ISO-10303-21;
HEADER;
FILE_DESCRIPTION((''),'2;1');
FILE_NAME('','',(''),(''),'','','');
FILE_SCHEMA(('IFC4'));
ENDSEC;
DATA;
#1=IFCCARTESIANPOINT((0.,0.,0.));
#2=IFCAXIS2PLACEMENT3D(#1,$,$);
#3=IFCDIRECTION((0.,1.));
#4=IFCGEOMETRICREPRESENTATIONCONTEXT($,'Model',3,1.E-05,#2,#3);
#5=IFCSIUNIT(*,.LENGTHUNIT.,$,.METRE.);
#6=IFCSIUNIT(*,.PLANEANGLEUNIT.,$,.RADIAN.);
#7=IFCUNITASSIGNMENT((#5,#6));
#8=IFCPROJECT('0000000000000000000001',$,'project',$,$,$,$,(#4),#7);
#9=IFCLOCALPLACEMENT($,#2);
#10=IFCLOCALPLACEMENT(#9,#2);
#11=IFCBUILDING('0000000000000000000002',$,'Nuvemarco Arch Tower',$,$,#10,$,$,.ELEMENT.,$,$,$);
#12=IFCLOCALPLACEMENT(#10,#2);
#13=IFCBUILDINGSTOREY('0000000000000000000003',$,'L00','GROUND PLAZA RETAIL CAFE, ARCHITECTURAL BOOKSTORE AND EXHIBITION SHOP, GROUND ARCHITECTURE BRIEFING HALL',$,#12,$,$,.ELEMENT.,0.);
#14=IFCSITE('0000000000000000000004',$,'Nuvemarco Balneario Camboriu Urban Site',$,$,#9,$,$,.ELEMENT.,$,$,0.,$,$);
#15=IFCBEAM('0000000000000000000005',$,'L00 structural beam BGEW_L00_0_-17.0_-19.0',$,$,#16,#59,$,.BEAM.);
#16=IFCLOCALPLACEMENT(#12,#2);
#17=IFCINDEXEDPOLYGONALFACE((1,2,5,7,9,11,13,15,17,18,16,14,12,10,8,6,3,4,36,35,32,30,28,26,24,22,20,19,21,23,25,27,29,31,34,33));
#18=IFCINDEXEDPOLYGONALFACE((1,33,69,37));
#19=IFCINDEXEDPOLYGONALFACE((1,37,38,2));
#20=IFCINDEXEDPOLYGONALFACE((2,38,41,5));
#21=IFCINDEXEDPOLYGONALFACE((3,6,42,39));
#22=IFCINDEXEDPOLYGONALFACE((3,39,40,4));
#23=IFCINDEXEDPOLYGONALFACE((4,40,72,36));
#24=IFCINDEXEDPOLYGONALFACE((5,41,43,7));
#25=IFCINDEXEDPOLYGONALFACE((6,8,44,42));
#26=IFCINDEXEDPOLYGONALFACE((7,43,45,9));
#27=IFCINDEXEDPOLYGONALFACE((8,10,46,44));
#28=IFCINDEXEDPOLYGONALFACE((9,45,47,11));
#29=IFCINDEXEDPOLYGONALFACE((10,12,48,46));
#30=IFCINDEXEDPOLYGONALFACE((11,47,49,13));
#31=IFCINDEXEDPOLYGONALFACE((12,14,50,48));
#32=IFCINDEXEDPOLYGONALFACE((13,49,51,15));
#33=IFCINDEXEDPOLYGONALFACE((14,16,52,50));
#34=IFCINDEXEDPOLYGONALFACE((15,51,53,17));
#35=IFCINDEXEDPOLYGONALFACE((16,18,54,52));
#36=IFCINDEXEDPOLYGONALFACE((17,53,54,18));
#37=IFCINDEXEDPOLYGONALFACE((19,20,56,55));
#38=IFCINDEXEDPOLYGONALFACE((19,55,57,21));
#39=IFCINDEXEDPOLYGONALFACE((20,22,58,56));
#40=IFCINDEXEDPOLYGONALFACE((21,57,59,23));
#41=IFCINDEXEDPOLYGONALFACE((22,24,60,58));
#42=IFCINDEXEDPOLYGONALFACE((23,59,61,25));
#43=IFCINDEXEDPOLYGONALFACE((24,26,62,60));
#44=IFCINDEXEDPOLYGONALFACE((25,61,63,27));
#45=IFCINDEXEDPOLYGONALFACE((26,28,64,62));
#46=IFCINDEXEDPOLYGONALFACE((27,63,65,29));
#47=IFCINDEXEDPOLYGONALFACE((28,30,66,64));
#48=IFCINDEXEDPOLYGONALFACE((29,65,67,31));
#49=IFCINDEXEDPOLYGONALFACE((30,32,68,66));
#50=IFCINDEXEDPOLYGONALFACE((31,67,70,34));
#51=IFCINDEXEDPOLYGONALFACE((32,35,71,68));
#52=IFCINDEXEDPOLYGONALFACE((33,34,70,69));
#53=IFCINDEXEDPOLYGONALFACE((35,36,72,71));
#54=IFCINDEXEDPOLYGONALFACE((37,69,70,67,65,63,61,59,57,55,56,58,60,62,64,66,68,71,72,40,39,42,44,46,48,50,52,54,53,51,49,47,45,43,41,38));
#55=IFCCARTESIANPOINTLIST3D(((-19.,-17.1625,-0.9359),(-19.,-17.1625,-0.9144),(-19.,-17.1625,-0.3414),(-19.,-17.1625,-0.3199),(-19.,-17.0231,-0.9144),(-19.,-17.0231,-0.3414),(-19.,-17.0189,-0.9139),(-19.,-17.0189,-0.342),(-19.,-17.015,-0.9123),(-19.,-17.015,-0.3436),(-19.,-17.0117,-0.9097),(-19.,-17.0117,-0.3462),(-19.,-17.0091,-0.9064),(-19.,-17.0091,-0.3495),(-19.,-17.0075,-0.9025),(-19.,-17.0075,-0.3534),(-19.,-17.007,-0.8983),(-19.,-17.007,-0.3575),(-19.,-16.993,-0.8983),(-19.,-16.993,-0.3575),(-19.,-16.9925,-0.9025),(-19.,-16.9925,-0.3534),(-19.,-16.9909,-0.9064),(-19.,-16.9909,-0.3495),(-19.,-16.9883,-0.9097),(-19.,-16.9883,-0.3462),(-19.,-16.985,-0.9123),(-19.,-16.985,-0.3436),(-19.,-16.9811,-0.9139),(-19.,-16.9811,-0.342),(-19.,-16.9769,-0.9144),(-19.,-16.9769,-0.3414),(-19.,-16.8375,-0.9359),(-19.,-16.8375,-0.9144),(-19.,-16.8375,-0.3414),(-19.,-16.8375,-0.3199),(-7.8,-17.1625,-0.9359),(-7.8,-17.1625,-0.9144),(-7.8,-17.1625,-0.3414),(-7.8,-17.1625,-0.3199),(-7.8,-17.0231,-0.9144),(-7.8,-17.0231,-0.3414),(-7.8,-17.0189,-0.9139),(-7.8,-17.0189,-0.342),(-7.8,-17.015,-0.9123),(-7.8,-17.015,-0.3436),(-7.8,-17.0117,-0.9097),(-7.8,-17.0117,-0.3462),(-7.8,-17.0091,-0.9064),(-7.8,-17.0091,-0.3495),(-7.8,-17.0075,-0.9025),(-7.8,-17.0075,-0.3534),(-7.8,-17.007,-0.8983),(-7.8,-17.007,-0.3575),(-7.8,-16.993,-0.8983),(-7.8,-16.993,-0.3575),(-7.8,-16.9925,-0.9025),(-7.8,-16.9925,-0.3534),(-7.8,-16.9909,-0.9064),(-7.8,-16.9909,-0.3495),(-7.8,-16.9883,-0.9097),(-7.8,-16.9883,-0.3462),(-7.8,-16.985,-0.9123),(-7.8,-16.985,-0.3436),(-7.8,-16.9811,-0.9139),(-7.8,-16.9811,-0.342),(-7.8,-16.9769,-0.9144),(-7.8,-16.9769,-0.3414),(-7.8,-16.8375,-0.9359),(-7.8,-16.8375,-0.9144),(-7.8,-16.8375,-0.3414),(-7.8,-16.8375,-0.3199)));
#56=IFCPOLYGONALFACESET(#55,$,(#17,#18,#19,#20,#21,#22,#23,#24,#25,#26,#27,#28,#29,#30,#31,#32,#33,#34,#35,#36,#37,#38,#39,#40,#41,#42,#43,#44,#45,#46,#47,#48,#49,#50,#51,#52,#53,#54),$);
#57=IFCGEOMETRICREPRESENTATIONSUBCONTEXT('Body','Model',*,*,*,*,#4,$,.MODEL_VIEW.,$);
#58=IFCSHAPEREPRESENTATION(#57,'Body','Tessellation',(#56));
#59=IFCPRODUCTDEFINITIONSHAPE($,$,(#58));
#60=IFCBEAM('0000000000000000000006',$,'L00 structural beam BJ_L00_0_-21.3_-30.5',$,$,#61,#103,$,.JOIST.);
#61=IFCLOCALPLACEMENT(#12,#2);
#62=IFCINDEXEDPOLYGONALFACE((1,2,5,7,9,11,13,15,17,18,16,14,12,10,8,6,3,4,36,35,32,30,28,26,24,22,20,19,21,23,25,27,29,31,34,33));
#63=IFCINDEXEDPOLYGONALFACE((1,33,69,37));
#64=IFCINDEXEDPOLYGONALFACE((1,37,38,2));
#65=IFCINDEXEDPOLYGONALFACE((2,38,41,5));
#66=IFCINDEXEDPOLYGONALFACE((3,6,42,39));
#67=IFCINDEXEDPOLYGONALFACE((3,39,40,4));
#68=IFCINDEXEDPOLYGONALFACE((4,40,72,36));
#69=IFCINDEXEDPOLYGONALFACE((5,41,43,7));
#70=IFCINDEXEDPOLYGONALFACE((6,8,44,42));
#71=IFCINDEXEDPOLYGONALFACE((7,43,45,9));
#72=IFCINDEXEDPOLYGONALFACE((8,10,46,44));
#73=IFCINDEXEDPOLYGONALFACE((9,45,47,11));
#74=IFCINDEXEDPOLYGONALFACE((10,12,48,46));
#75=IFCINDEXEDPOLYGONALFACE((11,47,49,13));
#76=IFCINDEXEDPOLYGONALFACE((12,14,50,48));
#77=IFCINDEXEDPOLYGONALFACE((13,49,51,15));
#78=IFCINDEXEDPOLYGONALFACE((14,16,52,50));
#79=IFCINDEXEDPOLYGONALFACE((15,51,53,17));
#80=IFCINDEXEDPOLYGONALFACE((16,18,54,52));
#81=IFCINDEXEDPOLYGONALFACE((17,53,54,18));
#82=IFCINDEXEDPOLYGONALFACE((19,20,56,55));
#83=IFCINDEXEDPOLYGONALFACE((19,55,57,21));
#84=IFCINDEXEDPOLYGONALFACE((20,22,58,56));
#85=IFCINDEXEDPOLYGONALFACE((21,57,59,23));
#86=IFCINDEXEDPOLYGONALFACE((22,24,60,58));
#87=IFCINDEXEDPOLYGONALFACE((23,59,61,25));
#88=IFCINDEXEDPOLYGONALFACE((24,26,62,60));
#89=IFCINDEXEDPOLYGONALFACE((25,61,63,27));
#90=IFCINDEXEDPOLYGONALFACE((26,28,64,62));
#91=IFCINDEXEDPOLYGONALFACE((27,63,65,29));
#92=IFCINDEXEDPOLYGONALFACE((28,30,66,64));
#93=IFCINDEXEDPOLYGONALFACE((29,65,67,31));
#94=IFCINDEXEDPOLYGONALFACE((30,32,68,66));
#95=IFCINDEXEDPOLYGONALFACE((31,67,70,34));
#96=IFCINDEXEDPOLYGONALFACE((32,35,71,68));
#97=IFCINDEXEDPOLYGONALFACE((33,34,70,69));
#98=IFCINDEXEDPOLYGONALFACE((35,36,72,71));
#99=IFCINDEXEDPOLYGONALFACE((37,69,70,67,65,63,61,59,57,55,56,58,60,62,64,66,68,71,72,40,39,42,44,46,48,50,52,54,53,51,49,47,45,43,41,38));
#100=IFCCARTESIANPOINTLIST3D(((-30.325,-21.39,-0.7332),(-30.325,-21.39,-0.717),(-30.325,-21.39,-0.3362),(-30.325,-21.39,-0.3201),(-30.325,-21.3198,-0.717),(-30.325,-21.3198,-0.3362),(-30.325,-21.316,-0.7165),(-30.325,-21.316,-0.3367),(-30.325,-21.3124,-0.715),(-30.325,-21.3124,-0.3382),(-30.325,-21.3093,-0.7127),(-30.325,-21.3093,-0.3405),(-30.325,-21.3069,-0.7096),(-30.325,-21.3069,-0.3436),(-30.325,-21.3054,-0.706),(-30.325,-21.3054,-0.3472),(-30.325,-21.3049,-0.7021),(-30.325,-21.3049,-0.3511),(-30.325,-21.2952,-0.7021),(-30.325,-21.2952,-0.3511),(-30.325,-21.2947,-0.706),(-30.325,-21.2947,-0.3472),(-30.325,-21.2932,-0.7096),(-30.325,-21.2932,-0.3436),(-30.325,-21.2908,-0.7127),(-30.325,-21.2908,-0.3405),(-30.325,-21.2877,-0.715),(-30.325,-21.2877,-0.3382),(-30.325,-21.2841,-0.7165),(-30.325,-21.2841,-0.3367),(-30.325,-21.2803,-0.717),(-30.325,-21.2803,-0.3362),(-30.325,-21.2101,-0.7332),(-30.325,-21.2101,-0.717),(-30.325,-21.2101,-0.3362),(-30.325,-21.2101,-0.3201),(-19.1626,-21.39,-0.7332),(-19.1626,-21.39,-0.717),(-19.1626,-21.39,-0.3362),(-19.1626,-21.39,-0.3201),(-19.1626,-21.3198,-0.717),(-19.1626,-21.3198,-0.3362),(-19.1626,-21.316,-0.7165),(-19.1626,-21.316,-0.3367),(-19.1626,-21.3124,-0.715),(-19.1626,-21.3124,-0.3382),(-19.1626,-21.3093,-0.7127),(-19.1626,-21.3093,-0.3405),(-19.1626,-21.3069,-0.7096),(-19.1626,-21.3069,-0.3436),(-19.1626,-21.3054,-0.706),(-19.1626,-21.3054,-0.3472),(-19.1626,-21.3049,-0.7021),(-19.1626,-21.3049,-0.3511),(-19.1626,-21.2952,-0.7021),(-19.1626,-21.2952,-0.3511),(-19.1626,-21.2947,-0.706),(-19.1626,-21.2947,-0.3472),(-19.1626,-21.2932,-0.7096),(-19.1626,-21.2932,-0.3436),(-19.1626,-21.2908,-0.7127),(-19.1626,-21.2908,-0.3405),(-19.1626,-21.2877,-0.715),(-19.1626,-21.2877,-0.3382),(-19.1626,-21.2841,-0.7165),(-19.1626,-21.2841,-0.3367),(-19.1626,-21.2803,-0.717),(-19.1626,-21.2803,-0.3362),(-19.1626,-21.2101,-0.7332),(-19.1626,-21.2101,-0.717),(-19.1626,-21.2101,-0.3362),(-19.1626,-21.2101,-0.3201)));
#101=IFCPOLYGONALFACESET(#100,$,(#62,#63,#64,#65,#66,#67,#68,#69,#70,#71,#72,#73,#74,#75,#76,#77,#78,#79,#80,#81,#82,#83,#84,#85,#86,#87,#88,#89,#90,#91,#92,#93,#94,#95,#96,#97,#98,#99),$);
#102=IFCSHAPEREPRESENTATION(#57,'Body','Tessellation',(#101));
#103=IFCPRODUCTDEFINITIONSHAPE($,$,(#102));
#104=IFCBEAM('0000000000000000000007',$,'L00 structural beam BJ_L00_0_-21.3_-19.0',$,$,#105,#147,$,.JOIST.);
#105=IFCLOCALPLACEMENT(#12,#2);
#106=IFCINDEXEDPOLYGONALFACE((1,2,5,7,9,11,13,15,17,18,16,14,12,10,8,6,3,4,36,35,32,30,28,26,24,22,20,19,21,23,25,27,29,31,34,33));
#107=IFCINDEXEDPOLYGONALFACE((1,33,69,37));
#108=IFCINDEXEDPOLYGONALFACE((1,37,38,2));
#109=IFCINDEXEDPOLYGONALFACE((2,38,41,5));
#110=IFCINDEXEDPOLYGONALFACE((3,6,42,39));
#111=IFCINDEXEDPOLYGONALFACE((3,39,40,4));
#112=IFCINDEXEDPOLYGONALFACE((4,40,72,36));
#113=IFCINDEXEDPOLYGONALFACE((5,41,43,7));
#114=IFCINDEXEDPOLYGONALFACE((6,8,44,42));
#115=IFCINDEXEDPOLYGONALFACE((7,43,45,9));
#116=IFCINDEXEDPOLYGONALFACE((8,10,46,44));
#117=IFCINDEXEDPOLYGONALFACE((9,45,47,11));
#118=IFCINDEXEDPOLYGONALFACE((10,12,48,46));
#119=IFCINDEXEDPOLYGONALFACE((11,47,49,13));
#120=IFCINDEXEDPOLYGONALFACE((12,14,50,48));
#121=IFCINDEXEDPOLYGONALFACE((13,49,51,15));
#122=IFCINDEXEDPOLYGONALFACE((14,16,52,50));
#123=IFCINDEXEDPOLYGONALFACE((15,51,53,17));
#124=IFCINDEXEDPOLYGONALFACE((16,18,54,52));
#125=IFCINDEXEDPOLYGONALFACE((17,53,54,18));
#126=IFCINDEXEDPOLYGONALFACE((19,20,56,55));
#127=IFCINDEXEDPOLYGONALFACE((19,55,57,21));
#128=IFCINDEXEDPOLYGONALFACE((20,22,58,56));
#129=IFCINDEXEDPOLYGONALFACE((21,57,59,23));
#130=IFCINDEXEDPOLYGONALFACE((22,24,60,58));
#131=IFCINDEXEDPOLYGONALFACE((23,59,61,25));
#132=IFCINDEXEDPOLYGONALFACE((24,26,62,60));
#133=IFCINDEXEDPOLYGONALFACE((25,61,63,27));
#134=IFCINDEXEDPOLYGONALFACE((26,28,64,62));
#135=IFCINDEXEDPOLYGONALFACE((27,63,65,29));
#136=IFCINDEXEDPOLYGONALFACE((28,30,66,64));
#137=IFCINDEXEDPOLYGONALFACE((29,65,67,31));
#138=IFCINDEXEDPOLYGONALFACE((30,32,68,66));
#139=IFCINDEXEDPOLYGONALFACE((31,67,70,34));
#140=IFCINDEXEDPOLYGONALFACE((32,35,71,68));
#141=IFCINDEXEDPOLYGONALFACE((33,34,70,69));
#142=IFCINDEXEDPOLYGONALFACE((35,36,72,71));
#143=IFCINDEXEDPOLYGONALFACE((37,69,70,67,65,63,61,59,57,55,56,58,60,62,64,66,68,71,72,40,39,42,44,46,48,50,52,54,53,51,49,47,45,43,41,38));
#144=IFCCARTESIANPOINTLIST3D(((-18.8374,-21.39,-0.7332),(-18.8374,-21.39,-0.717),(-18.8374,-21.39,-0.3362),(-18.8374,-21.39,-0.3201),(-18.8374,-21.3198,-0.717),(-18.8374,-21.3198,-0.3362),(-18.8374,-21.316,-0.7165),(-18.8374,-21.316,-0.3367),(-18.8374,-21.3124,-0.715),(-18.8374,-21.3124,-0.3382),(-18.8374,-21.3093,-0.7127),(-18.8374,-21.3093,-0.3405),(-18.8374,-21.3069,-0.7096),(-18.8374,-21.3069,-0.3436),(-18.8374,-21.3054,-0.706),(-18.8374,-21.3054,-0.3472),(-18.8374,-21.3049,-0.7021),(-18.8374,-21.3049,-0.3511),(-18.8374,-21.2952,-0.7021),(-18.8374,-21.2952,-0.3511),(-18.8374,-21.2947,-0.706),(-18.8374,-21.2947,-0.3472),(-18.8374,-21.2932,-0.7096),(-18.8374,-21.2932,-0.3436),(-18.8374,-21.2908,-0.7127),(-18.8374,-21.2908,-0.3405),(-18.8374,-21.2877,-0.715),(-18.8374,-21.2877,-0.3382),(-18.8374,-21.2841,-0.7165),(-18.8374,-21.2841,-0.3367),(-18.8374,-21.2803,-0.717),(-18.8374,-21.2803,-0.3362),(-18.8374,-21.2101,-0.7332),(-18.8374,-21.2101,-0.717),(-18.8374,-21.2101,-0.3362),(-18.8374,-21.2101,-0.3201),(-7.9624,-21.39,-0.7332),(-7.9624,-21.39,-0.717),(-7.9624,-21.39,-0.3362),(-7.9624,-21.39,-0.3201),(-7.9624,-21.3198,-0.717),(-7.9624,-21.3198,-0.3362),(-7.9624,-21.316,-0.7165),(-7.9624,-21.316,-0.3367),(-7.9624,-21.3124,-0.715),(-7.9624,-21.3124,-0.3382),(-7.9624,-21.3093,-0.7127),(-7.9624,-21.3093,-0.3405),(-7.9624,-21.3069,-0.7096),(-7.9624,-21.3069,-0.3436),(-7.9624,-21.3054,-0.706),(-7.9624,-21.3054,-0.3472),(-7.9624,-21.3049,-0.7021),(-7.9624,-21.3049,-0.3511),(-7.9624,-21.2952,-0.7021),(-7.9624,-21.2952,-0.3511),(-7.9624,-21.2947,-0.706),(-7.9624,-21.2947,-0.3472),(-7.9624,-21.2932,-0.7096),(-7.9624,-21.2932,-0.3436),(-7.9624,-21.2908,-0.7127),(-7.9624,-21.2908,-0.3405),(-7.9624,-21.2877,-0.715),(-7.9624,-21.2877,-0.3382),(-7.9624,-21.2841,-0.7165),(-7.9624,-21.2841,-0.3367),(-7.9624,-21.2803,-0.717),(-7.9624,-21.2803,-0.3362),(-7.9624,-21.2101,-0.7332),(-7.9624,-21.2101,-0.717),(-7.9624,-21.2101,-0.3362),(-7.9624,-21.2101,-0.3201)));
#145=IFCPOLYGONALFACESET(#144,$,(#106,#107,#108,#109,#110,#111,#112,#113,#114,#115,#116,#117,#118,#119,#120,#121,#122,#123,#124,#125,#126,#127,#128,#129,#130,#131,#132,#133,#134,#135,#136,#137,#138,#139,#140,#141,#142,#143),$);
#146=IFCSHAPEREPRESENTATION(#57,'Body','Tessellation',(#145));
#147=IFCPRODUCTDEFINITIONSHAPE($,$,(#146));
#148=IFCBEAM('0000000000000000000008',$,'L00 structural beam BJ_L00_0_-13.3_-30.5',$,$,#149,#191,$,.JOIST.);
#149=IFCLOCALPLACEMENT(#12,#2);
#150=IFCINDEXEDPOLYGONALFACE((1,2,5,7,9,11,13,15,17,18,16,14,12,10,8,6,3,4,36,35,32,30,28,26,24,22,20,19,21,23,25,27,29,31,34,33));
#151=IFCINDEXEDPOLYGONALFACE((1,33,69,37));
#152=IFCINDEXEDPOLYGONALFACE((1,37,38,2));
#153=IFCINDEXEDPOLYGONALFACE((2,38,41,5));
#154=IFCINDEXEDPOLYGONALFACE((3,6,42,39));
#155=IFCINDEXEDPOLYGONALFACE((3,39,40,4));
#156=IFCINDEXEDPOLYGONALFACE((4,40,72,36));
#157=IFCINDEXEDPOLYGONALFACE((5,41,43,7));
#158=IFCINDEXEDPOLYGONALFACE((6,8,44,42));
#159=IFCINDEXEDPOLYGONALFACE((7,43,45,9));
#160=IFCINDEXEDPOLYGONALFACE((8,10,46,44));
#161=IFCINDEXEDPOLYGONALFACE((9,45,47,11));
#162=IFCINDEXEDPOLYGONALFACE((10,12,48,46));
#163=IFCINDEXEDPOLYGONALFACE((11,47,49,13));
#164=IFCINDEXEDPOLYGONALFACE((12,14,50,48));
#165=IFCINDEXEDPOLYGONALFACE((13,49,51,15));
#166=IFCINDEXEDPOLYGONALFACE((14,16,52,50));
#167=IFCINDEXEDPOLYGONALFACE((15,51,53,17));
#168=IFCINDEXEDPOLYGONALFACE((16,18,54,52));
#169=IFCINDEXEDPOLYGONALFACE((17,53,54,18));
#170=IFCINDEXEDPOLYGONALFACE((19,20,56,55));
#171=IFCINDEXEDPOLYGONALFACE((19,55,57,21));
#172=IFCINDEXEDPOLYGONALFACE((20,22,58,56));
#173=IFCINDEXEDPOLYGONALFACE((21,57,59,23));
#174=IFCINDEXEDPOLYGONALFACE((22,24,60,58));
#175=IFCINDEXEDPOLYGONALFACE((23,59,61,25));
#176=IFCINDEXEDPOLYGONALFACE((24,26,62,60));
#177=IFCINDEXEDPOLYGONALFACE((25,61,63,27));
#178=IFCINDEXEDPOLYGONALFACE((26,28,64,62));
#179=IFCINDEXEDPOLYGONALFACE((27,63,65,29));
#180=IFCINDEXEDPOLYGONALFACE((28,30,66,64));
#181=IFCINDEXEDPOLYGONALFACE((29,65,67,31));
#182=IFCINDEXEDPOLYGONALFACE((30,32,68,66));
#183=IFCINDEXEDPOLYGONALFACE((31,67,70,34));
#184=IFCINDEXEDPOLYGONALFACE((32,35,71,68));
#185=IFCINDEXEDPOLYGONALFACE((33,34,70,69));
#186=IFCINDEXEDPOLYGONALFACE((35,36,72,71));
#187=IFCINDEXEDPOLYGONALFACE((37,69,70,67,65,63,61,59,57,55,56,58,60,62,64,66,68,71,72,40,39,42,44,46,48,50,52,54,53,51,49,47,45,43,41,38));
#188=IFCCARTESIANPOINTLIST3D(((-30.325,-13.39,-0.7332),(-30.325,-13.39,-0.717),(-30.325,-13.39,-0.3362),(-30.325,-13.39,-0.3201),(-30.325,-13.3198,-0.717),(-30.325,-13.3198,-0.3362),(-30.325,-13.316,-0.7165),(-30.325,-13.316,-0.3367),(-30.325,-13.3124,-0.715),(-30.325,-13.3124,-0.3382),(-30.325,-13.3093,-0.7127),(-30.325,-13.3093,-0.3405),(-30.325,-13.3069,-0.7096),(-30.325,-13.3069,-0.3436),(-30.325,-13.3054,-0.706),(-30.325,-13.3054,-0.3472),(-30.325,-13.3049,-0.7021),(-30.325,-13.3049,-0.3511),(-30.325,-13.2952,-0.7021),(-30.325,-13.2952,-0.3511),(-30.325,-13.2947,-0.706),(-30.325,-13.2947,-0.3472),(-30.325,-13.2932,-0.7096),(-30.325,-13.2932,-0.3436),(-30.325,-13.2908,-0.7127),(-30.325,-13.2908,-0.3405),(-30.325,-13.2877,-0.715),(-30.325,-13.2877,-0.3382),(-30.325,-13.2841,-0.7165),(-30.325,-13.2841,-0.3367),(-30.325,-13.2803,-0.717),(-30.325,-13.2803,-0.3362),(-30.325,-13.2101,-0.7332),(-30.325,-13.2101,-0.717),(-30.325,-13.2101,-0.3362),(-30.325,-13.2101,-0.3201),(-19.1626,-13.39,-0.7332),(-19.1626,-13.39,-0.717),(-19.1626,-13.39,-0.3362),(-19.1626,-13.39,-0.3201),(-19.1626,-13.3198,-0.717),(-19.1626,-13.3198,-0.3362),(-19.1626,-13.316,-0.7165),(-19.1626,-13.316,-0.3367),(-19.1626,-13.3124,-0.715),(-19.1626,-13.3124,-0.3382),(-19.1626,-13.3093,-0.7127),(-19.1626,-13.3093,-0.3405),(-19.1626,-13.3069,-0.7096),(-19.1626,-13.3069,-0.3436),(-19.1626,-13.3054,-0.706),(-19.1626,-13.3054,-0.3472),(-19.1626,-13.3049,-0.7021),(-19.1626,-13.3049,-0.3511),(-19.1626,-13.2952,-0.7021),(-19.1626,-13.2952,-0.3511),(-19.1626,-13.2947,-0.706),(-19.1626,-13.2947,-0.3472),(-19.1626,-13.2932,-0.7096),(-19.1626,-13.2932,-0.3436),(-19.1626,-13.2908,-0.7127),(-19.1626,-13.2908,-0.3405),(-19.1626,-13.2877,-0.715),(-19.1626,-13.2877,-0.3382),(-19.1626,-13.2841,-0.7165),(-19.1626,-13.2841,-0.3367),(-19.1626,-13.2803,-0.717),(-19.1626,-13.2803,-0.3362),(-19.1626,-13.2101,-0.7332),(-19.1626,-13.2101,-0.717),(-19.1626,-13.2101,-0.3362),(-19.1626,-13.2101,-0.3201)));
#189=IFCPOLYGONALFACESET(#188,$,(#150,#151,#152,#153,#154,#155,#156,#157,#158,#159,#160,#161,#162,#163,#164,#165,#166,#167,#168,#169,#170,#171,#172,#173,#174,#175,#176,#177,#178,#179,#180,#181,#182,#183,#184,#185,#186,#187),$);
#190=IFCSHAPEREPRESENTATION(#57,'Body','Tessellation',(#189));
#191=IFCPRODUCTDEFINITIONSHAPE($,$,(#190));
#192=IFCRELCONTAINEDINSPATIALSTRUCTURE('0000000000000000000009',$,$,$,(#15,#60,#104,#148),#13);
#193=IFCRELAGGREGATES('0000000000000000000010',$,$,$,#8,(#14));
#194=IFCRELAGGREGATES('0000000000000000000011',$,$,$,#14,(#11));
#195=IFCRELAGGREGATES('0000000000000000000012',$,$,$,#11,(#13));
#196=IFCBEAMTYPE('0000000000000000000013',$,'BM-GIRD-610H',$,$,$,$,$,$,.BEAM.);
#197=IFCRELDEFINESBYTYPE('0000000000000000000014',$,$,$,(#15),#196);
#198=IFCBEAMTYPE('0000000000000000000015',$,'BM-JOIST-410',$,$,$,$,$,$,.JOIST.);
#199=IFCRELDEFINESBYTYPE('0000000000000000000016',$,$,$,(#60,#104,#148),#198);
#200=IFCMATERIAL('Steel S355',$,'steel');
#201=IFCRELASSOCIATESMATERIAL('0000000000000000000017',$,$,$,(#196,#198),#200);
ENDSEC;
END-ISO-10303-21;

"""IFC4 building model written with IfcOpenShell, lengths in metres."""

from ifc_helpers import new_model, si_unit, direction, frame, origin, origin_2d, place, context, subcontext, project, spatial, i_section, extrude, material, material_profile, profile_set, type_object, element, save


model = new_model("IFC4")

# Units and contexts
model_context = context("Model", 3, precision=1e-05, world=origin(), true_north=direction((0.0, 1.0)))
body_context = subcontext(model_context, "Body", "Model", "MODEL_VIEW")
ifc_project = project(units=[si_unit("LENGTHUNIT", "METRE"), si_unit("PLANEANGLEUNIT", "RADIAN")], contexts=[model_context])

# Site, building, storey
site_placement = place(None, origin())
site = spatial("IfcSite", under=ifc_project, at=site_placement, Name="Nuvemarco Balneario Camboriu Urban Site", CompositionType="ELEMENT", RefElevation=0.0)
building_placement = place(site_placement, origin())
building = spatial("IfcBuilding", under=site, at=building_placement, Name="Nuvemarco Arch Tower", CompositionType="ELEMENT")
storey_placement = place(building_placement, origin())
storey = spatial("IfcBuildingStorey", under=building, at=storey_placement, Name="L00", Description="GROUND PLAZA RETAIL CAFE, ARCHITECTURAL BOOKSTORE AND EXHIBITION SHOP, GROUND ARCHITECTURE BRIEFING HALL", CompositionType="ELEMENT", Elevation=0.0)

# Beams
ifc_material_1 = material(Name="Steel S355", Category="steel")
ifc_material_profile_1 = material_profile(ifc_material_1, i_section(OverallWidth=0.325, OverallDepth=0.616, WebThickness=0.0139, FlangeThickness=0.0215, FilletRadius=0.0161, at=origin_2d()), Name="W610x174")
ifc_profile_set_1 = profile_set([ifc_material_profile_1], Name="Steel S355")
beam_type_1 = type_object("IfcBeamType", Name="BM-GIRD-610H", PredefinedType="BEAM", material=ifc_profile_set_1)
beam_1_placement = place(storey_placement, frame((-19.0, -17.0, -0.6279), z_axis=(1.0, 0.0, 0.0), x_axis=(0.0, 1.0, 0.0)))
element("IfcBeam", 1, at=beam_1_placement, inside=storey, type_object=beam_type_1, Name="L00 structural beam BGEW_L00_0_-17.0_-19.0", PredefinedType="BEAM", context=body_context, shape_type="SweptSolid", body=[
    extrude(i_section(OverallWidth=0.325, OverallDepth=0.616, WebThickness=0.0139, FlangeThickness=0.0215, FilletRadius=0.0161, at=origin_2d()), origin(), (0.0, 0.0, 1.0), 11.2),
])
ifc_material_profile_2 = material_profile(ifc_material_1, i_section(OverallWidth=0.1799, OverallDepth=0.4131, WebThickness=0.0098, FlangeThickness=0.0161, FilletRadius=0.0149, at=origin_2d()), Name="W410x75")
ifc_profile_set_2 = profile_set([ifc_material_profile_2], Name="Steel S355")
beam_type_2 = type_object("IfcBeamType", Name="BM-JOIST-410", PredefinedType="JOIST", material=ifc_profile_set_2)
beam_2_placement = place(storey_placement, frame((-30.325, -21.3, -0.5266), z_axis=(1.0, 0.0, 0.0), x_axis=(0.0, 1.0, 0.0)))
element("IfcBeam", 2, at=beam_2_placement, inside=storey, type_object=beam_type_2, Name="L00 structural beam BJ_L00_0_-21.3_-30.5", PredefinedType="JOIST", context=body_context, shape_type="SweptSolid", body=[
    extrude(i_section(OverallWidth=0.1799, OverallDepth=0.4131, WebThickness=0.0098, FlangeThickness=0.0161, FilletRadius=0.0149, at=origin_2d()), origin(), (0.0, 0.0, 1.0), 11.1624),
])
beam_3_placement = place(storey_placement, frame((-18.8374, -21.3, -0.5266), z_axis=(1.0, 0.0, 0.0), x_axis=(0.0, 1.0, 0.0)))
element("IfcBeam", 3, at=beam_3_placement, inside=storey, type_object=beam_type_2, Name="L00 structural beam BJ_L00_0_-21.3_-19.0", PredefinedType="JOIST", context=body_context, shape_type="SweptSolid", body=[
    extrude(i_section(OverallWidth=0.1799, OverallDepth=0.4131, WebThickness=0.0098, FlangeThickness=0.0161, FilletRadius=0.0149, at=origin_2d()), origin(), (0.0, 0.0, 1.0), 10.875),
])
beam_4_placement = place(storey_placement, frame((-30.325, -13.3, -0.5266), z_axis=(1.0, 0.0, 0.0), x_axis=(0.0, 1.0, 0.0)))
element("IfcBeam", 4, at=beam_4_placement, inside=storey, type_object=beam_type_2, Name="L00 structural beam BJ_L00_0_-13.3_-30.5", PredefinedType="JOIST", context=body_context, shape_type="SweptSolid", body=[
    extrude(i_section(OverallWidth=0.1799, OverallDepth=0.4131, WebThickness=0.0098, FlangeThickness=0.0161, FilletRadius=0.0149, at=origin_2d()), origin(), (0.0, 0.0, 1.0), 11.1624),
])

save(model, "model.ifc")
